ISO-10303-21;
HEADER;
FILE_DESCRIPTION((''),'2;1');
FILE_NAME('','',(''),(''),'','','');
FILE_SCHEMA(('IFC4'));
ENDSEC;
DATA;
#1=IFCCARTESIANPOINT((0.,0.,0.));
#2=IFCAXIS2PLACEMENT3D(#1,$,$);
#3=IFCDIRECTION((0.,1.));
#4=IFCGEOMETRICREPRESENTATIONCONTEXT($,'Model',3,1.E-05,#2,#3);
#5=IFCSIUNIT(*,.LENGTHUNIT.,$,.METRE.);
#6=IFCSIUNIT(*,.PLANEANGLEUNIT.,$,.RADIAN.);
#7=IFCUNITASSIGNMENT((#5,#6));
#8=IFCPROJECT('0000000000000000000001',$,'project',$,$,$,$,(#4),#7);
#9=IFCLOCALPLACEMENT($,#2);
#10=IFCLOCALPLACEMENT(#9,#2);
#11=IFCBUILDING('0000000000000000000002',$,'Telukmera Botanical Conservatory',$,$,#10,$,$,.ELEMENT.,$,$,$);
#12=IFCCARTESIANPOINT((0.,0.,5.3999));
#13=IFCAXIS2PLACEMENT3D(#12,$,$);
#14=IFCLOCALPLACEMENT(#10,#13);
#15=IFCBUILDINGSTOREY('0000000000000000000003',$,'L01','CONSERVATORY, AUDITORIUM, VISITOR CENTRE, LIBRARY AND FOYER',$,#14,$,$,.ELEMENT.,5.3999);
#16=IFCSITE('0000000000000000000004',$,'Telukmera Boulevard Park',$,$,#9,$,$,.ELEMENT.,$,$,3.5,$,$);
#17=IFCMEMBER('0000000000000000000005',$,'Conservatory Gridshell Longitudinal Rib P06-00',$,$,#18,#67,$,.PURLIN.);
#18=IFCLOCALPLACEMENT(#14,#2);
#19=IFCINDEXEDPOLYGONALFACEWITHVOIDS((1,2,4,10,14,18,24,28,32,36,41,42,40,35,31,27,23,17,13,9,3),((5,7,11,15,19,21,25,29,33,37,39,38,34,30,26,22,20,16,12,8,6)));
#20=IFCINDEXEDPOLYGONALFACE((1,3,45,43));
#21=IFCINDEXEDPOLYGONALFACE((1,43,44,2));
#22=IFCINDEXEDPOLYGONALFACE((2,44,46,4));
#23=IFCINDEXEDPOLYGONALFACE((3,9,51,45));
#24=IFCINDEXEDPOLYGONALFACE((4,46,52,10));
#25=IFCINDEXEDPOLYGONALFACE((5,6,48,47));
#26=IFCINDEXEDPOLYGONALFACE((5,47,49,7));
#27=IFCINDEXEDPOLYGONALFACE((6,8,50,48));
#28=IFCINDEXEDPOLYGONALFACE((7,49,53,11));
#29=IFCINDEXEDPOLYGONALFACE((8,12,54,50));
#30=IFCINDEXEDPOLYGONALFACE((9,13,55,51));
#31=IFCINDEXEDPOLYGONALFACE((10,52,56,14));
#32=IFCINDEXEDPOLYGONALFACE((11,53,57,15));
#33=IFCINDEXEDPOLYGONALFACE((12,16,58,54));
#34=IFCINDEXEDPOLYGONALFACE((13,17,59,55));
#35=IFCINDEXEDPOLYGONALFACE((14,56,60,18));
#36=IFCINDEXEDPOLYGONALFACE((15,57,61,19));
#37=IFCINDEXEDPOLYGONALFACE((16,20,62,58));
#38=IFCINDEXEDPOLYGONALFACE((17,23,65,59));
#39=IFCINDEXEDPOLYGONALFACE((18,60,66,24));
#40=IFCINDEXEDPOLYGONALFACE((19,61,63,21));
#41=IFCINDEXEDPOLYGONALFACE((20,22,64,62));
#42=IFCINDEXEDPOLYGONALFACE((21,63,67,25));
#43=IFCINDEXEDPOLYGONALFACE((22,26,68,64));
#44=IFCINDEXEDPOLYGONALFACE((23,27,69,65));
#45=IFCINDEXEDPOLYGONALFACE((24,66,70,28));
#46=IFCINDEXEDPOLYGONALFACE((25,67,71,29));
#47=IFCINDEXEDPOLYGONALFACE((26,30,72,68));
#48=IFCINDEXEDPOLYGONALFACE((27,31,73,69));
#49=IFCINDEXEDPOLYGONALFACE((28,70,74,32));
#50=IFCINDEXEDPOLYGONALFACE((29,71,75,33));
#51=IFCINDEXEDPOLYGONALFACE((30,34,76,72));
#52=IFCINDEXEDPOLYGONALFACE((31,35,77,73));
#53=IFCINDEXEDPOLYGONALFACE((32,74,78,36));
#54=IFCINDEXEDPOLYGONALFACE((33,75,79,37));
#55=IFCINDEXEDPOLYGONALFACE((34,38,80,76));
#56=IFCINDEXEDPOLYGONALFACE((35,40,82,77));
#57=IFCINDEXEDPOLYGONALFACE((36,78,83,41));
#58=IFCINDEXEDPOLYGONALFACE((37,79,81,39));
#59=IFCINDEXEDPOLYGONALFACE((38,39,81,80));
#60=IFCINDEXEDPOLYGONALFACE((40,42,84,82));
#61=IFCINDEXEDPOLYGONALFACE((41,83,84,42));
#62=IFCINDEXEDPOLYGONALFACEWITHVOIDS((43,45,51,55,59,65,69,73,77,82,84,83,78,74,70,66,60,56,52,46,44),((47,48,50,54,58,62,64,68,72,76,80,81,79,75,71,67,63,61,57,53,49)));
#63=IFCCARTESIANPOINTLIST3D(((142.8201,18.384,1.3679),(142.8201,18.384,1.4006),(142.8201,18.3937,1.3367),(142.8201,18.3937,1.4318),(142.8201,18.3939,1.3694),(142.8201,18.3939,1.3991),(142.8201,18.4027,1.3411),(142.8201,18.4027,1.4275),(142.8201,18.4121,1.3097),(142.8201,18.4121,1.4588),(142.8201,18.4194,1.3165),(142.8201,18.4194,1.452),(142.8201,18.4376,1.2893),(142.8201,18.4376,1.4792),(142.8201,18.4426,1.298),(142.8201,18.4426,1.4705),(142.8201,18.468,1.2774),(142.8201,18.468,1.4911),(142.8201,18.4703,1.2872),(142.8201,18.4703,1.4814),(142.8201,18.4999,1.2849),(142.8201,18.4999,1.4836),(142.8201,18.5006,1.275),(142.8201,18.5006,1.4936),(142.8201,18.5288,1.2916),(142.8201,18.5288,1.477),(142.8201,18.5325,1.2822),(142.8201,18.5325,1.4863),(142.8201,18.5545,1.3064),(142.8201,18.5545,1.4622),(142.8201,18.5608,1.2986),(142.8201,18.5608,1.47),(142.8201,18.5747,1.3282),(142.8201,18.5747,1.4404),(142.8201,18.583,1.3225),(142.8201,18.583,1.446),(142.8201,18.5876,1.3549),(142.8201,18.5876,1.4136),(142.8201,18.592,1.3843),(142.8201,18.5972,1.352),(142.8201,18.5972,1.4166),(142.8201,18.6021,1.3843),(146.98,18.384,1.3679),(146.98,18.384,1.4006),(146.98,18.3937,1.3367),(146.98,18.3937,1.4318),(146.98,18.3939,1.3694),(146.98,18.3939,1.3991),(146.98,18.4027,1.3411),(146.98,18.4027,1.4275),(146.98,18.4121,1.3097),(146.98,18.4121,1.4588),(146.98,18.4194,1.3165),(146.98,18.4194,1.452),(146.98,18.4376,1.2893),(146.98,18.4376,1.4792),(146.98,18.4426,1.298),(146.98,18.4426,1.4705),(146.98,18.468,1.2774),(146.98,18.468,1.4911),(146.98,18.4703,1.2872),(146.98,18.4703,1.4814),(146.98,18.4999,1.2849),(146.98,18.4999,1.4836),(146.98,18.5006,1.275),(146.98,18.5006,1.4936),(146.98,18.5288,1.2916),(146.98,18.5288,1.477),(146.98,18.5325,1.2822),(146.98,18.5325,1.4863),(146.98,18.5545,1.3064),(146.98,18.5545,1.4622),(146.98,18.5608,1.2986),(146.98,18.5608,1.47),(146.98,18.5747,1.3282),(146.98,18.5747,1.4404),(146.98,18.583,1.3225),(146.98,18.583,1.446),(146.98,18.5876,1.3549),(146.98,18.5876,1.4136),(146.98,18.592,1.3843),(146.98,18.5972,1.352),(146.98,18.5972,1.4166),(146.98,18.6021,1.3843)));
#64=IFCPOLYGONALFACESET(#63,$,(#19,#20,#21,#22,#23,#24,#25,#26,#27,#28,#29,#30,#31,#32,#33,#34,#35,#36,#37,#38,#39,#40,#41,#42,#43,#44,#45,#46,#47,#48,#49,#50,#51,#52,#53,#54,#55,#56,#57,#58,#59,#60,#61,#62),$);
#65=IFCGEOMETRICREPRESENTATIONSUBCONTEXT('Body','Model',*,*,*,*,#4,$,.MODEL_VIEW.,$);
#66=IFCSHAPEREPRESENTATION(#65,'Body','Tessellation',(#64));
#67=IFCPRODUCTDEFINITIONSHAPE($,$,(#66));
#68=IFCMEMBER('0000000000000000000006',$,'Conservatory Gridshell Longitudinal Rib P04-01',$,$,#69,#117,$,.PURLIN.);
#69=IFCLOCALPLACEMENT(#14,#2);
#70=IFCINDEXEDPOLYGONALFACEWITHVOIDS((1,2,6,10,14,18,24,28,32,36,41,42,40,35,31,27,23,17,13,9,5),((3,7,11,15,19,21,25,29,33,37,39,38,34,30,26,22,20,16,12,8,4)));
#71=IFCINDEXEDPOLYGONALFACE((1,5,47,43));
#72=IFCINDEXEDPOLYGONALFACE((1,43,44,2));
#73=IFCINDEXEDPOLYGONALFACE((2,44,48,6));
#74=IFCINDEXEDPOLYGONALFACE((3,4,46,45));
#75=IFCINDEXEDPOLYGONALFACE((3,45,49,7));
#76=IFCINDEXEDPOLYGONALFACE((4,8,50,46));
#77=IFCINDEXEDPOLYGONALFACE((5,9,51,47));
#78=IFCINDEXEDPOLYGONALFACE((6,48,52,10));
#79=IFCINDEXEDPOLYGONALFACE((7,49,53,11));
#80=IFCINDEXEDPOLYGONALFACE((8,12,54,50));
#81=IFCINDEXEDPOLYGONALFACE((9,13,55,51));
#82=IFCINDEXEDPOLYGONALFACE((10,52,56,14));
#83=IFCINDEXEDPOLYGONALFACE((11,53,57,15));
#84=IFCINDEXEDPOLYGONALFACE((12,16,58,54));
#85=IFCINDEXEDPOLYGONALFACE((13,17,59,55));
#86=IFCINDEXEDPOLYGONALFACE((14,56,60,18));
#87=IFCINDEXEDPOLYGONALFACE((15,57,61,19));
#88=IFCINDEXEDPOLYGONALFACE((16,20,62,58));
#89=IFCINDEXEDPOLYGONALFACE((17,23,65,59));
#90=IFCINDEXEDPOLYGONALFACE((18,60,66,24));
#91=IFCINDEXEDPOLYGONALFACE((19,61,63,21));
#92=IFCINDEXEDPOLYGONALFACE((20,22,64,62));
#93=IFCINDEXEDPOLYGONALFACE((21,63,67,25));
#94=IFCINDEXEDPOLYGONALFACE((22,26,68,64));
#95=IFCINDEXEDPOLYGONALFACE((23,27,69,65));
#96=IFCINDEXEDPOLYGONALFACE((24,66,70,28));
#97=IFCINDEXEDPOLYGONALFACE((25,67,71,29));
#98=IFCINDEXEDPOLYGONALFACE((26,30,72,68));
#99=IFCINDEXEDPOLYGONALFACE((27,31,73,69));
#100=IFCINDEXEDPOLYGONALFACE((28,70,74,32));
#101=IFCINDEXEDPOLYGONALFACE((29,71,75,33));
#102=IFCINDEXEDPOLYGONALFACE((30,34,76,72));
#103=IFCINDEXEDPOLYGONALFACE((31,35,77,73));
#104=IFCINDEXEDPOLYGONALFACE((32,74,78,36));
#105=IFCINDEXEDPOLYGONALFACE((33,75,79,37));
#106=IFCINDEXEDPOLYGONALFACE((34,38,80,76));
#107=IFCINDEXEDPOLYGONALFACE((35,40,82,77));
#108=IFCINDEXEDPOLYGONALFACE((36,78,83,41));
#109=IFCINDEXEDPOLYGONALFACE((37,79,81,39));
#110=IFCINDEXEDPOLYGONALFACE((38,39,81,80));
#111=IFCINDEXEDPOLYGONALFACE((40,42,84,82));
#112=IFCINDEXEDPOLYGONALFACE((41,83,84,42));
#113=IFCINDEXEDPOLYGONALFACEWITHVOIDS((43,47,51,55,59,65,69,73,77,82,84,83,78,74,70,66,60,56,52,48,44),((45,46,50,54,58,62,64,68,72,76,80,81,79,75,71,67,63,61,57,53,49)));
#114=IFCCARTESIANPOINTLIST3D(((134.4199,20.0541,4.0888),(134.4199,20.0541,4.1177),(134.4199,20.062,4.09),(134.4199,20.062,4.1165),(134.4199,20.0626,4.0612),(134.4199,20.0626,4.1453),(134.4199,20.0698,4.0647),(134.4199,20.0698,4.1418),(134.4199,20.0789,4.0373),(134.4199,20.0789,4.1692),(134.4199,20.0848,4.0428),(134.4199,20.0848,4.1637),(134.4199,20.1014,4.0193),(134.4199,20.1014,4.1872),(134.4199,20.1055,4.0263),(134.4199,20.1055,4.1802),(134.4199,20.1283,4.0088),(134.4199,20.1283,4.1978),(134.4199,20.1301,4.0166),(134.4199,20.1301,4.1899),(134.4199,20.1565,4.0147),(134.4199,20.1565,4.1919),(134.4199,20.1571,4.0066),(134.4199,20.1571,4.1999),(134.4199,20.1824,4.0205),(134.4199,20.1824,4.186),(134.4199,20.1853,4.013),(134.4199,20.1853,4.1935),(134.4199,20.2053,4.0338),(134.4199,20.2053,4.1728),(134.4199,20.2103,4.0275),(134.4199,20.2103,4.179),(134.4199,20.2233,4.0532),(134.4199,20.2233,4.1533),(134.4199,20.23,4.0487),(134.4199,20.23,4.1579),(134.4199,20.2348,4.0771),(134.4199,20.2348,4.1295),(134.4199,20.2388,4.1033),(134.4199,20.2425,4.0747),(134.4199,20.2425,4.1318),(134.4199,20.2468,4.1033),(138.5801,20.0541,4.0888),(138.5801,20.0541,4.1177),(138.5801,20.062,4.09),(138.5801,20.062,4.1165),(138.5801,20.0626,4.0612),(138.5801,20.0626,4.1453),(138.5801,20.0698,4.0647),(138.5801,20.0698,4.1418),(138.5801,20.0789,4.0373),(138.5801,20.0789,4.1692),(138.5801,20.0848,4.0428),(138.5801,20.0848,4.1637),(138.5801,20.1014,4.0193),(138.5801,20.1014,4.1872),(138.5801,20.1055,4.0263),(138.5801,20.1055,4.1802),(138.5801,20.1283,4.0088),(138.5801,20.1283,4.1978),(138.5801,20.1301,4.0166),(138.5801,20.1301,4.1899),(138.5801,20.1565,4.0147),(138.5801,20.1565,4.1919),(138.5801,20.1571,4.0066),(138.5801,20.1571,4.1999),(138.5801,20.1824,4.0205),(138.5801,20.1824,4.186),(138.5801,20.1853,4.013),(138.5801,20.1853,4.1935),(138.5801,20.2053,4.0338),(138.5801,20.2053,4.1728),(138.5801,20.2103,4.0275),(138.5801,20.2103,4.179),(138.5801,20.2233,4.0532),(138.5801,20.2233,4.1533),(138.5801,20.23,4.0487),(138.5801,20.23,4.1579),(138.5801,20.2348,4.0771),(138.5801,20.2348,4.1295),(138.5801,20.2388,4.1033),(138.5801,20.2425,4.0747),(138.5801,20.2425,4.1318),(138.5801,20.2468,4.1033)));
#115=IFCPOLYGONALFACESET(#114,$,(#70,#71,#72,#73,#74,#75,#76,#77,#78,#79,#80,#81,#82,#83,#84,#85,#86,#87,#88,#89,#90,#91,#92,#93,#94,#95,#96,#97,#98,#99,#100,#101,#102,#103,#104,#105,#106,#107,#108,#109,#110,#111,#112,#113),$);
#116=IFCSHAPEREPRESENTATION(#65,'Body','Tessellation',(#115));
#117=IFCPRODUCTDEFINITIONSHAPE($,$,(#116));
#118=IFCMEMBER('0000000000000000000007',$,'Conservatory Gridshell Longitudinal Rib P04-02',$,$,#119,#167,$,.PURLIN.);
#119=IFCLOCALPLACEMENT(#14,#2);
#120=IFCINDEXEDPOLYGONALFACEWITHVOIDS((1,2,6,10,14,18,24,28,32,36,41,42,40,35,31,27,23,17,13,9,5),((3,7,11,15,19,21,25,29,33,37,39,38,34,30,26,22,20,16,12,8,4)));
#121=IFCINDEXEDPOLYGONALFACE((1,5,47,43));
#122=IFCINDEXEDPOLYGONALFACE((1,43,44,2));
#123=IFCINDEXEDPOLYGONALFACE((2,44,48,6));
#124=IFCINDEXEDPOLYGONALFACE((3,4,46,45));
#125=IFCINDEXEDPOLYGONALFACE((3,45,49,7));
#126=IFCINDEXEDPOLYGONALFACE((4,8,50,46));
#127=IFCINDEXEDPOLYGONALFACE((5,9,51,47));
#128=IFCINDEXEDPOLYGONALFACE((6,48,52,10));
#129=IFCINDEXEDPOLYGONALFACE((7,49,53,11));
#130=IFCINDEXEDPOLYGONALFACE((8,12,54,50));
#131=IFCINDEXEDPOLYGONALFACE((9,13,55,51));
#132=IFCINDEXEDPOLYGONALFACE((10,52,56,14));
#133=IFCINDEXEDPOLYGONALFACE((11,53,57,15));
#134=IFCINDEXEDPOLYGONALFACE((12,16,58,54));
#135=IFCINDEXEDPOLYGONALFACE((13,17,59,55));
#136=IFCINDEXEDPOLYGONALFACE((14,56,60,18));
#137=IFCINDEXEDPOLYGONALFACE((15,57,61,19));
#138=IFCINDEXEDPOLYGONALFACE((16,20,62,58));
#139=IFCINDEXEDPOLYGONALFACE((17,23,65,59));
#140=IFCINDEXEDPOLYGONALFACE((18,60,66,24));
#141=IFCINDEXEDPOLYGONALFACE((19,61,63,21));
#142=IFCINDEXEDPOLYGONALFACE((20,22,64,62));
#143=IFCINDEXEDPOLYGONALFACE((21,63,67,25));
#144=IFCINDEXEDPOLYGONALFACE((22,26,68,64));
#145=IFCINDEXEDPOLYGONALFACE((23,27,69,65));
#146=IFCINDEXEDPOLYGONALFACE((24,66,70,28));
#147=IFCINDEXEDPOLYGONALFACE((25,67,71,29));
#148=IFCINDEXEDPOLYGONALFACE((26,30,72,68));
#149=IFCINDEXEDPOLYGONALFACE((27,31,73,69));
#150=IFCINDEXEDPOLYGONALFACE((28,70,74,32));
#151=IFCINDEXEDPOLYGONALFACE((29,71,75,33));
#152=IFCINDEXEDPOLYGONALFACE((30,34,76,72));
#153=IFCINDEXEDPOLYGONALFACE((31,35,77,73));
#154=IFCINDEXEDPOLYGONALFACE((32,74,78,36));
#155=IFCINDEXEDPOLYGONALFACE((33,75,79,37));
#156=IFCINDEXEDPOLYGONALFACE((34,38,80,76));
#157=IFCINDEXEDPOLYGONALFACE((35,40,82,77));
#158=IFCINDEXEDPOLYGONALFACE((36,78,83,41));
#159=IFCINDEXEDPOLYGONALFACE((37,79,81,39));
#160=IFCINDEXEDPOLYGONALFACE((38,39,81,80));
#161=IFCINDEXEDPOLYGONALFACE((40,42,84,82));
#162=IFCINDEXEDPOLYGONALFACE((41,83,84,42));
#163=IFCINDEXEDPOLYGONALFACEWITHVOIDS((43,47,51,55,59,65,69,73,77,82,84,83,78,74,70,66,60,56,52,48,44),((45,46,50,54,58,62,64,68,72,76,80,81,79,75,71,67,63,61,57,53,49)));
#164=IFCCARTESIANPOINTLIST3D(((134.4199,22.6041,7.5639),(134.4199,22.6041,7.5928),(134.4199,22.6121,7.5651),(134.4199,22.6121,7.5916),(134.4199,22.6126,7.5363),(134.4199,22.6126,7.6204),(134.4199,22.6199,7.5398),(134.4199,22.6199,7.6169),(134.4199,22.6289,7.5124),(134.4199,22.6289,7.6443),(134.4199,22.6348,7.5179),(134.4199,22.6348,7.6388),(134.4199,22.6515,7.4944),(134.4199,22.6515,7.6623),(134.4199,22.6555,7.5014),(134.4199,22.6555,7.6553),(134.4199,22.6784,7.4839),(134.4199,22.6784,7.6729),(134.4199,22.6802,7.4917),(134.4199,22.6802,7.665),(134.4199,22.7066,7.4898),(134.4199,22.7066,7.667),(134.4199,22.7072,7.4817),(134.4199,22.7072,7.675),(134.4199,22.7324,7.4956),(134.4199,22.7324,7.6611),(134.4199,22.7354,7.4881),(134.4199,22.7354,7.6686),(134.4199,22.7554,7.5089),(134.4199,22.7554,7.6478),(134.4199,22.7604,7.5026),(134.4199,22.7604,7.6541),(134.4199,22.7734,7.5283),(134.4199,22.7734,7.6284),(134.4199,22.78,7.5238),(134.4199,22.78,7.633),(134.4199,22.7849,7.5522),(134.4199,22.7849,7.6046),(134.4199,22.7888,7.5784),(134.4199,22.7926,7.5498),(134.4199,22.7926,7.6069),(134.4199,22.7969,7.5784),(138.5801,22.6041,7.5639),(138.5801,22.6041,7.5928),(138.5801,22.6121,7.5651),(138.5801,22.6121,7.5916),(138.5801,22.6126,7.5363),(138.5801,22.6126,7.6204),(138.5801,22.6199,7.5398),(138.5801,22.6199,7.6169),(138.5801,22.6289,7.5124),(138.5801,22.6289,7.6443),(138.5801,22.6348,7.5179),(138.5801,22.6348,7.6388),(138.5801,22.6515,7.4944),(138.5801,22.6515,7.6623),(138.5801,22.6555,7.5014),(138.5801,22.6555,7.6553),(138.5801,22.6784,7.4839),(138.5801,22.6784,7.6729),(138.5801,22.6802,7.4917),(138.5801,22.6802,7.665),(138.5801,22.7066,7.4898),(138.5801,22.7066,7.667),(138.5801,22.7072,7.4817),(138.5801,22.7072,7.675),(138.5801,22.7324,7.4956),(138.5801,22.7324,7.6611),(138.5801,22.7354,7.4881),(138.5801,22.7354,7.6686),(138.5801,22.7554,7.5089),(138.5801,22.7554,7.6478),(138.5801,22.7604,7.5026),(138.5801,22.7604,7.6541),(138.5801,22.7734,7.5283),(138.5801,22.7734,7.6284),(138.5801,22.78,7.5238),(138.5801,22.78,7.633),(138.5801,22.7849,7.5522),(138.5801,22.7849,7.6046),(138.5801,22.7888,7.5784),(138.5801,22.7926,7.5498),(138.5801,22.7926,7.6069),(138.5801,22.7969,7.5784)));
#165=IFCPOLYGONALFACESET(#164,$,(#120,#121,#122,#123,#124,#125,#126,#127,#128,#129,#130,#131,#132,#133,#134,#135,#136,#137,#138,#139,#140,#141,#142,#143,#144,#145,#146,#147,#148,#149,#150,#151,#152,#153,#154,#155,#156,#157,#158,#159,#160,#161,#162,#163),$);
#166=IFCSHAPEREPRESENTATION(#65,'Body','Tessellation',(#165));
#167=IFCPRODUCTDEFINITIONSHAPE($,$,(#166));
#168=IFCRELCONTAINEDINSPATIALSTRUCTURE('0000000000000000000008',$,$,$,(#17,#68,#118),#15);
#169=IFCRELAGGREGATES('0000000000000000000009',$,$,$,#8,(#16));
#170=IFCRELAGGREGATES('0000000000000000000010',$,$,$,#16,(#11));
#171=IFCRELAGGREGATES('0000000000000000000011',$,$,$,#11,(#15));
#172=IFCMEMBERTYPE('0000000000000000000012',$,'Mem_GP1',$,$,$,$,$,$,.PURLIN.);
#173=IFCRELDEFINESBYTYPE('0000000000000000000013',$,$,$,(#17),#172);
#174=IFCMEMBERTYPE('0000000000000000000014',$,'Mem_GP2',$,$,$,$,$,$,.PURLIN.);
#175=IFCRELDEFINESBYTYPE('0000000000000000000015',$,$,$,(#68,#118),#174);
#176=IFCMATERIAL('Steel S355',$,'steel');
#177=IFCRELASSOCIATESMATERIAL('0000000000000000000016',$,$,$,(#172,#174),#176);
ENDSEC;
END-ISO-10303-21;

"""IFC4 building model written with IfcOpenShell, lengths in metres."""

from ifc_helpers import new_model, si_unit, direction, frame, origin, origin_2d, place, context, subcontext, project, spatial, hollow_circle, extrude, material, material_profile, profile_set, type_object, element, save


model = new_model("IFC4")

# Units and contexts
model_context = context("Model", 3, precision=1e-05, world=origin(), true_north=direction((0.0, 1.0)))
body_context = subcontext(model_context, "Body", "Model", "MODEL_VIEW")
ifc_project = project(units=[si_unit("LENGTHUNIT", "METRE"), si_unit("PLANEANGLEUNIT", "RADIAN")], contexts=[model_context])

# Site, building, storey
site_placement = place(None, origin())
site = spatial("IfcSite", under=ifc_project, at=site_placement, Name="Telukmera Boulevard Park", CompositionType="ELEMENT", RefElevation=3.5)
building_placement = place(site_placement, origin())
building = spatial("IfcBuilding", under=site, at=building_placement, Name="Telukmera Botanical Conservatory", CompositionType="ELEMENT")
storey_placement = place(building_placement, frame((0.0, 0.0, 5.3999)))
storey = spatial("IfcBuildingStorey", under=building, at=storey_placement, Name="L01", Description="CONSERVATORY, AUDITORIUM, VISITOR CENTRE, LIBRARY AND FOYER", CompositionType="ELEMENT", Elevation=5.3999)

# Shared definitions
ifc_material_1 = material(Name="Steel S355", Category="steel")

# Members
ifc_material_profile_1 = material_profile(ifc_material_1, hollow_circle(Radius=0.1096, WallThickness=0.01, at=origin_2d()), Name="CHS 219.1x10.0")
ifc_profile_set_1 = profile_set([ifc_material_profile_1], Name="Steel S355")
member_type_1 = type_object("IfcMemberType", Name="Mem_GP1", PredefinedType="PURLIN", material=ifc_profile_set_1)
for number, where, z_axis, x_axis, name in (
    (1, (142.8201, 18.4924, 1.3843), (1.0, 0.0, 0.0), (0.0, 1.0, 0.0), "Conservatory Gridshell Longitudinal Rib P06-00"),
):
    element("IfcMember", number, at=place(storey_placement, frame(where, z_axis=z_axis, x_axis=x_axis)), inside=storey, type_object=member_type_1, Name=name, PredefinedType="PURLIN", context=body_context, shape_type="SweptSolid", body=[
        extrude(hollow_circle(Radius=0.1096, WallThickness=0.01, at=origin_2d()), origin(), (0.0, 0.0, 1.0), 4.1599),
    ])
ifc_material_profile_2 = material_profile(ifc_material_1, hollow_circle(Radius=0.0969, WallThickness=0.0081, at=origin_2d()), Name="CHS 193.7x8.0")
ifc_profile_set_2 = profile_set([ifc_material_profile_2], Name="Steel S355")
member_type_2 = type_object("IfcMemberType", Name="Mem_GP2", PredefinedType="PURLIN", material=ifc_profile_set_2)
for number, where, z_axis, x_axis, name in (
    (2, (134.4199, 20.1499, 4.1033), (1.0, 0.0, 0.0), (0.0, 1.0, 0.0), "Conservatory Gridshell Longitudinal Rib P04-01"),
    (3, (134.4199, 22.7, 7.5784), (1.0, 0.0, 0.0), (0.0, 1.0, 0.0), "Conservatory Gridshell Longitudinal Rib P04-02"),
):
    element("IfcMember", number, at=place(storey_placement, frame(where, z_axis=z_axis, x_axis=x_axis)), inside=storey, type_object=member_type_2, Name=name, PredefinedType="PURLIN", context=body_context, shape_type="SweptSolid", body=[
        extrude(hollow_circle(Radius=0.0969, WallThickness=0.0081, at=origin_2d()), origin(), (0.0, 0.0, 1.0), 4.1602),
    ])

save(model, "model.ifc")
